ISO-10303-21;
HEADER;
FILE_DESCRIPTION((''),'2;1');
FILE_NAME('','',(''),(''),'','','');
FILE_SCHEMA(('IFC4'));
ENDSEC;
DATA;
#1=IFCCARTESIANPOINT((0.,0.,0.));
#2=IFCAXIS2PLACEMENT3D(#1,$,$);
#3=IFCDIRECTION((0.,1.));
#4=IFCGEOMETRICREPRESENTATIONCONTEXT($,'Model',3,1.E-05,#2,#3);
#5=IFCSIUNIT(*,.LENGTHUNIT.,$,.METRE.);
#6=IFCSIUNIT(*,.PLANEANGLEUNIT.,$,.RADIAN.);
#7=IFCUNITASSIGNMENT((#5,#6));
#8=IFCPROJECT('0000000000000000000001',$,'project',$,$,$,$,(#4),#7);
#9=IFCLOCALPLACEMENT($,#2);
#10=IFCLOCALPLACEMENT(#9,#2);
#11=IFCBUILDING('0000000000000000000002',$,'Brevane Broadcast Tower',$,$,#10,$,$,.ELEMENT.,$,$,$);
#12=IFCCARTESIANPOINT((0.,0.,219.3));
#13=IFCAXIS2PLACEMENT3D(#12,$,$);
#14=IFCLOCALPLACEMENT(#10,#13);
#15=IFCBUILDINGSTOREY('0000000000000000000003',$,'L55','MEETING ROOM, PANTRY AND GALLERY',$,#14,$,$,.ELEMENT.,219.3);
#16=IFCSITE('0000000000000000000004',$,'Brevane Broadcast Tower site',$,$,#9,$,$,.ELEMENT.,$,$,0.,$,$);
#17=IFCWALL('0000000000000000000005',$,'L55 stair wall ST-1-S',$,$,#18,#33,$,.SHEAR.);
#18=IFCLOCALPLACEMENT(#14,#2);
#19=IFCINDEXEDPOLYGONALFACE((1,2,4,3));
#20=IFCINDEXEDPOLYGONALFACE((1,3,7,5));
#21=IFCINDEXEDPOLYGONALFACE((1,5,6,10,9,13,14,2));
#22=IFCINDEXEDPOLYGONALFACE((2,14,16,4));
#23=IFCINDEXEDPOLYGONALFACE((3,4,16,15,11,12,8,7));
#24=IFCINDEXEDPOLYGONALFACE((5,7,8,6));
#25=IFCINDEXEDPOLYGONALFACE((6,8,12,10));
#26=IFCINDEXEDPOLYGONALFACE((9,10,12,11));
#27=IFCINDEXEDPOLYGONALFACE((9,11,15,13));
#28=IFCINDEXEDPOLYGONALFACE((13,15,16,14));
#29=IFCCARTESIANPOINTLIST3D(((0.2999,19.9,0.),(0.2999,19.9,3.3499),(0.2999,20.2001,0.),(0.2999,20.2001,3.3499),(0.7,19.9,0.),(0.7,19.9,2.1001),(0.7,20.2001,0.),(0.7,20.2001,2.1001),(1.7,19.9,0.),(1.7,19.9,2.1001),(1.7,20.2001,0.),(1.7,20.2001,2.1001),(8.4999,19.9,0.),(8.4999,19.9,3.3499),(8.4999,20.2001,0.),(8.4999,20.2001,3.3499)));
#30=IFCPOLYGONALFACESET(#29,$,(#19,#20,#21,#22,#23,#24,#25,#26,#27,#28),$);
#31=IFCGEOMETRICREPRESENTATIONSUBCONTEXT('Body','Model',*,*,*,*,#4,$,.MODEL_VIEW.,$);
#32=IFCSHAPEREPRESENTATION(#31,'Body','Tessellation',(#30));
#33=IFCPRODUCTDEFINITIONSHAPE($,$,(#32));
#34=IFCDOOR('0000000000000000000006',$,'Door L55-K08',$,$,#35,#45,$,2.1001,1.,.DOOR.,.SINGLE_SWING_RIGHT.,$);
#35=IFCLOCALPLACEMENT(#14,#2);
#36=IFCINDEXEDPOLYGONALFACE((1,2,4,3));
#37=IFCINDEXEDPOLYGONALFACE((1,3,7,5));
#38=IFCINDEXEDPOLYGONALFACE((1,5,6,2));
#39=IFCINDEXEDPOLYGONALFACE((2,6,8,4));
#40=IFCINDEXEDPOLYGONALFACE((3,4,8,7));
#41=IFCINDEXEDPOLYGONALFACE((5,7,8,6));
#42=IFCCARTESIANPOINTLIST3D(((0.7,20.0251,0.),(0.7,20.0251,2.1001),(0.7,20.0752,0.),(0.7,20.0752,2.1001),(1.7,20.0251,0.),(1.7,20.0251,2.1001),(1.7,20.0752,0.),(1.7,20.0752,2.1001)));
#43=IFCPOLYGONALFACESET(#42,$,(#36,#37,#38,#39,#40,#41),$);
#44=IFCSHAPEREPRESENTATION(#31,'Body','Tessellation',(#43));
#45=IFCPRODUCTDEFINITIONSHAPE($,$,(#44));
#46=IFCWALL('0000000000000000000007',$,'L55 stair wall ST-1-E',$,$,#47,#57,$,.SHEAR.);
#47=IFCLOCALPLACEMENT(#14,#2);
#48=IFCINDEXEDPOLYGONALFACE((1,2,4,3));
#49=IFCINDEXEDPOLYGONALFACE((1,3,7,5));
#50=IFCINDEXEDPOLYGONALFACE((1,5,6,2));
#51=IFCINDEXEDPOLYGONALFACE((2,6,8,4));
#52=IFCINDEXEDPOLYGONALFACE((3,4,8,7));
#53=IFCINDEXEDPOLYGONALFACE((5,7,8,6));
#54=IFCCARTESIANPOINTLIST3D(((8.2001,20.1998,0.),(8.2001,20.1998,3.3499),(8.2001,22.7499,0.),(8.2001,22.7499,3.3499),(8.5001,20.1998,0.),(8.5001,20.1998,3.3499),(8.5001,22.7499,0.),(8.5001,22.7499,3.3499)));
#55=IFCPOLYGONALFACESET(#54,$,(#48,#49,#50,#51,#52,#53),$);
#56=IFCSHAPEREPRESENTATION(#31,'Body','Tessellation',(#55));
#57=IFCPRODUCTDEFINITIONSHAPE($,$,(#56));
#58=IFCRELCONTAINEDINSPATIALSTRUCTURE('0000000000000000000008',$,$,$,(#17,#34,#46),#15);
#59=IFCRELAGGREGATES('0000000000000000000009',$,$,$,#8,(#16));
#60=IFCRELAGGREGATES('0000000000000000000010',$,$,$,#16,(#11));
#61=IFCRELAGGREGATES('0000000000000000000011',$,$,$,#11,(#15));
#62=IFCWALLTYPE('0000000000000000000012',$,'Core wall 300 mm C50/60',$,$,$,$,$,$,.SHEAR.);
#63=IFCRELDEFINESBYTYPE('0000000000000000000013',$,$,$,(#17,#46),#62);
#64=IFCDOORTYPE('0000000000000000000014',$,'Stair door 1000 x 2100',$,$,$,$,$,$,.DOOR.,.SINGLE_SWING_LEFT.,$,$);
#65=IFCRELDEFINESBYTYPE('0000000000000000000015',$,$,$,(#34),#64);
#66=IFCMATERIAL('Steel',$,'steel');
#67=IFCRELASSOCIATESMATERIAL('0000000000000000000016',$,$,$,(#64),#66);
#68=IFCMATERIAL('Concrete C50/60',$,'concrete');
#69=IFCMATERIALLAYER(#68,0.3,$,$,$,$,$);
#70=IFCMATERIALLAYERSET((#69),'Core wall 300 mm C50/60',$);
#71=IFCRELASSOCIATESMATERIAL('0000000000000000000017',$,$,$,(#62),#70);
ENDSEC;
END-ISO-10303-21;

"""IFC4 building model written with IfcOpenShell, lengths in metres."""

from ifc_helpers import new_model, si_unit, direction, frame, frame_2d, origin, place, context, subcontext, project, spatial, rectangle, extrude, material, layer, layer_set, type_object, element, fill, save


model = new_model("IFC4")

# Units and contexts
model_context = context("Model", 3, precision=1e-05, world=origin(), true_north=direction((0.0, 1.0)))
body_context = subcontext(model_context, "Body", "Model", "MODEL_VIEW")
ifc_project = project(units=[si_unit("LENGTHUNIT", "METRE"), si_unit("PLANEANGLEUNIT", "RADIAN")], contexts=[model_context])

# Site, building, storey
site_placement = place(None, origin())
site = spatial("IfcSite", under=ifc_project, at=site_placement, Name="Brevane Broadcast Tower site", CompositionType="ELEMENT", RefElevation=0.0)
building_placement = place(site_placement, origin())
building = spatial("IfcBuilding", under=site, at=building_placement, Name="Brevane Broadcast Tower", CompositionType="ELEMENT")
storey_placement = place(building_placement, frame((0.0, 0.0, 219.3)))
storey = spatial("IfcBuildingStorey", under=building, at=storey_placement, Name="L55", Description="MEETING ROOM, PANTRY AND GALLERY", CompositionType="ELEMENT", Elevation=219.3)

# Shared definitions
ifc_material_1 = material(Name="Steel", Category="steel")

# Shared definitions
door_type_1 = type_object("IfcDoorType", Name="Stair door 1000 x 2100", OperationType="SINGLE_SWING_LEFT", PredefinedType="DOOR", material=ifc_material_1)

# Shared definitions
ifc_material_2 = material(Name="Concrete C50/60", Category="concrete")
ifc_layer_1 = layer(ifc_material_2, 0.3)
ifc_layer_set_1 = layer_set([ifc_layer_1], Name="Core wall 300 mm C50/60")
wall_type_1 = type_object("IfcWallType", Name="Core wall 300 mm C50/60", PredefinedType="SHEAR", material=ifc_layer_set_1)

# Wall, opening, door
wall_1_placement = place(storey_placement, frame((8.5, 20.05, 0.0), z_axis=(0.0, 0.0, 1.0), x_axis=(-1.0, 0.0, 0.0)))
wall_1 = element("IfcWall", 1, at=wall_1_placement, inside=storey, type_object=wall_type_1, Name="L55 stair wall ST-1-S", PredefinedType="SHEAR", context=body_context, shape_type="SweptSolid", body=[
    extrude(rectangle(XDim=8.2, YDim=0.3, at=frame_2d((4.1001, 0.0))), origin(), (0.0, 0.0, 1.0), 3.3499),
])
opening_1_placement = place(wall_1_placement, frame((6.8, 0.0, 0.0)))
opening_1 = element("IfcOpeningElement", 2, at=opening_1_placement, cuts=wall_1, PredefinedType="OPENING", context=body_context, shape_type="SweptSolid", body=[
    extrude(rectangle(XDim=1.0, YDim=2.1001, at=frame_2d((0.5, 1.05))), frame((0.0, 0.1599, 0.0), z_axis=(0.0, -1.0, 0.0), x_axis=(1.0, 0.0, 0.0)), (0.0, 0.0, 1.0), 0.3201),
])
door_1_placement = place(opening_1_placement, origin())
door_1 = element("IfcDoor", 3, at=door_1_placement, inside=storey, type_object=door_type_1, Name="Door L55-K08", OperationType="SINGLE_SWING_RIGHT", OverallHeight=2.1001, OverallWidth=1.0, PredefinedType="DOOR", context=body_context, shape_type="SweptSolid", body=[
    extrude(rectangle(XDim=1.0, YDim=2.1001, at=frame_2d((0.5, 1.05))), frame((0.0, 0.0249, 0.0), z_axis=(0.0, -1.0, 0.0), x_axis=(1.0, 0.0, 0.0)), (0.0, 0.0, 1.0), 0.05),
])
fill(opening_1, door_1)

# Wall
wall_2_placement = place(storey_placement, frame((8.3501, 20.2, 0.0), z_axis=(0.0, 0.0, 1.0), x_axis=(0.0, 1.0, 0.0)))
element("IfcWall", 4, at=wall_2_placement, inside=storey, type_object=wall_type_1, Name="L55 stair wall ST-1-E", PredefinedType="SHEAR", context=body_context, shape_type="SweptSolid", body=[
    extrude(rectangle(XDim=2.55, YDim=0.3, at=frame_2d((1.2749, 0.0))), origin(), (0.0, 0.0, 1.0), 3.3499),
])

save(model, "model.ifc")
